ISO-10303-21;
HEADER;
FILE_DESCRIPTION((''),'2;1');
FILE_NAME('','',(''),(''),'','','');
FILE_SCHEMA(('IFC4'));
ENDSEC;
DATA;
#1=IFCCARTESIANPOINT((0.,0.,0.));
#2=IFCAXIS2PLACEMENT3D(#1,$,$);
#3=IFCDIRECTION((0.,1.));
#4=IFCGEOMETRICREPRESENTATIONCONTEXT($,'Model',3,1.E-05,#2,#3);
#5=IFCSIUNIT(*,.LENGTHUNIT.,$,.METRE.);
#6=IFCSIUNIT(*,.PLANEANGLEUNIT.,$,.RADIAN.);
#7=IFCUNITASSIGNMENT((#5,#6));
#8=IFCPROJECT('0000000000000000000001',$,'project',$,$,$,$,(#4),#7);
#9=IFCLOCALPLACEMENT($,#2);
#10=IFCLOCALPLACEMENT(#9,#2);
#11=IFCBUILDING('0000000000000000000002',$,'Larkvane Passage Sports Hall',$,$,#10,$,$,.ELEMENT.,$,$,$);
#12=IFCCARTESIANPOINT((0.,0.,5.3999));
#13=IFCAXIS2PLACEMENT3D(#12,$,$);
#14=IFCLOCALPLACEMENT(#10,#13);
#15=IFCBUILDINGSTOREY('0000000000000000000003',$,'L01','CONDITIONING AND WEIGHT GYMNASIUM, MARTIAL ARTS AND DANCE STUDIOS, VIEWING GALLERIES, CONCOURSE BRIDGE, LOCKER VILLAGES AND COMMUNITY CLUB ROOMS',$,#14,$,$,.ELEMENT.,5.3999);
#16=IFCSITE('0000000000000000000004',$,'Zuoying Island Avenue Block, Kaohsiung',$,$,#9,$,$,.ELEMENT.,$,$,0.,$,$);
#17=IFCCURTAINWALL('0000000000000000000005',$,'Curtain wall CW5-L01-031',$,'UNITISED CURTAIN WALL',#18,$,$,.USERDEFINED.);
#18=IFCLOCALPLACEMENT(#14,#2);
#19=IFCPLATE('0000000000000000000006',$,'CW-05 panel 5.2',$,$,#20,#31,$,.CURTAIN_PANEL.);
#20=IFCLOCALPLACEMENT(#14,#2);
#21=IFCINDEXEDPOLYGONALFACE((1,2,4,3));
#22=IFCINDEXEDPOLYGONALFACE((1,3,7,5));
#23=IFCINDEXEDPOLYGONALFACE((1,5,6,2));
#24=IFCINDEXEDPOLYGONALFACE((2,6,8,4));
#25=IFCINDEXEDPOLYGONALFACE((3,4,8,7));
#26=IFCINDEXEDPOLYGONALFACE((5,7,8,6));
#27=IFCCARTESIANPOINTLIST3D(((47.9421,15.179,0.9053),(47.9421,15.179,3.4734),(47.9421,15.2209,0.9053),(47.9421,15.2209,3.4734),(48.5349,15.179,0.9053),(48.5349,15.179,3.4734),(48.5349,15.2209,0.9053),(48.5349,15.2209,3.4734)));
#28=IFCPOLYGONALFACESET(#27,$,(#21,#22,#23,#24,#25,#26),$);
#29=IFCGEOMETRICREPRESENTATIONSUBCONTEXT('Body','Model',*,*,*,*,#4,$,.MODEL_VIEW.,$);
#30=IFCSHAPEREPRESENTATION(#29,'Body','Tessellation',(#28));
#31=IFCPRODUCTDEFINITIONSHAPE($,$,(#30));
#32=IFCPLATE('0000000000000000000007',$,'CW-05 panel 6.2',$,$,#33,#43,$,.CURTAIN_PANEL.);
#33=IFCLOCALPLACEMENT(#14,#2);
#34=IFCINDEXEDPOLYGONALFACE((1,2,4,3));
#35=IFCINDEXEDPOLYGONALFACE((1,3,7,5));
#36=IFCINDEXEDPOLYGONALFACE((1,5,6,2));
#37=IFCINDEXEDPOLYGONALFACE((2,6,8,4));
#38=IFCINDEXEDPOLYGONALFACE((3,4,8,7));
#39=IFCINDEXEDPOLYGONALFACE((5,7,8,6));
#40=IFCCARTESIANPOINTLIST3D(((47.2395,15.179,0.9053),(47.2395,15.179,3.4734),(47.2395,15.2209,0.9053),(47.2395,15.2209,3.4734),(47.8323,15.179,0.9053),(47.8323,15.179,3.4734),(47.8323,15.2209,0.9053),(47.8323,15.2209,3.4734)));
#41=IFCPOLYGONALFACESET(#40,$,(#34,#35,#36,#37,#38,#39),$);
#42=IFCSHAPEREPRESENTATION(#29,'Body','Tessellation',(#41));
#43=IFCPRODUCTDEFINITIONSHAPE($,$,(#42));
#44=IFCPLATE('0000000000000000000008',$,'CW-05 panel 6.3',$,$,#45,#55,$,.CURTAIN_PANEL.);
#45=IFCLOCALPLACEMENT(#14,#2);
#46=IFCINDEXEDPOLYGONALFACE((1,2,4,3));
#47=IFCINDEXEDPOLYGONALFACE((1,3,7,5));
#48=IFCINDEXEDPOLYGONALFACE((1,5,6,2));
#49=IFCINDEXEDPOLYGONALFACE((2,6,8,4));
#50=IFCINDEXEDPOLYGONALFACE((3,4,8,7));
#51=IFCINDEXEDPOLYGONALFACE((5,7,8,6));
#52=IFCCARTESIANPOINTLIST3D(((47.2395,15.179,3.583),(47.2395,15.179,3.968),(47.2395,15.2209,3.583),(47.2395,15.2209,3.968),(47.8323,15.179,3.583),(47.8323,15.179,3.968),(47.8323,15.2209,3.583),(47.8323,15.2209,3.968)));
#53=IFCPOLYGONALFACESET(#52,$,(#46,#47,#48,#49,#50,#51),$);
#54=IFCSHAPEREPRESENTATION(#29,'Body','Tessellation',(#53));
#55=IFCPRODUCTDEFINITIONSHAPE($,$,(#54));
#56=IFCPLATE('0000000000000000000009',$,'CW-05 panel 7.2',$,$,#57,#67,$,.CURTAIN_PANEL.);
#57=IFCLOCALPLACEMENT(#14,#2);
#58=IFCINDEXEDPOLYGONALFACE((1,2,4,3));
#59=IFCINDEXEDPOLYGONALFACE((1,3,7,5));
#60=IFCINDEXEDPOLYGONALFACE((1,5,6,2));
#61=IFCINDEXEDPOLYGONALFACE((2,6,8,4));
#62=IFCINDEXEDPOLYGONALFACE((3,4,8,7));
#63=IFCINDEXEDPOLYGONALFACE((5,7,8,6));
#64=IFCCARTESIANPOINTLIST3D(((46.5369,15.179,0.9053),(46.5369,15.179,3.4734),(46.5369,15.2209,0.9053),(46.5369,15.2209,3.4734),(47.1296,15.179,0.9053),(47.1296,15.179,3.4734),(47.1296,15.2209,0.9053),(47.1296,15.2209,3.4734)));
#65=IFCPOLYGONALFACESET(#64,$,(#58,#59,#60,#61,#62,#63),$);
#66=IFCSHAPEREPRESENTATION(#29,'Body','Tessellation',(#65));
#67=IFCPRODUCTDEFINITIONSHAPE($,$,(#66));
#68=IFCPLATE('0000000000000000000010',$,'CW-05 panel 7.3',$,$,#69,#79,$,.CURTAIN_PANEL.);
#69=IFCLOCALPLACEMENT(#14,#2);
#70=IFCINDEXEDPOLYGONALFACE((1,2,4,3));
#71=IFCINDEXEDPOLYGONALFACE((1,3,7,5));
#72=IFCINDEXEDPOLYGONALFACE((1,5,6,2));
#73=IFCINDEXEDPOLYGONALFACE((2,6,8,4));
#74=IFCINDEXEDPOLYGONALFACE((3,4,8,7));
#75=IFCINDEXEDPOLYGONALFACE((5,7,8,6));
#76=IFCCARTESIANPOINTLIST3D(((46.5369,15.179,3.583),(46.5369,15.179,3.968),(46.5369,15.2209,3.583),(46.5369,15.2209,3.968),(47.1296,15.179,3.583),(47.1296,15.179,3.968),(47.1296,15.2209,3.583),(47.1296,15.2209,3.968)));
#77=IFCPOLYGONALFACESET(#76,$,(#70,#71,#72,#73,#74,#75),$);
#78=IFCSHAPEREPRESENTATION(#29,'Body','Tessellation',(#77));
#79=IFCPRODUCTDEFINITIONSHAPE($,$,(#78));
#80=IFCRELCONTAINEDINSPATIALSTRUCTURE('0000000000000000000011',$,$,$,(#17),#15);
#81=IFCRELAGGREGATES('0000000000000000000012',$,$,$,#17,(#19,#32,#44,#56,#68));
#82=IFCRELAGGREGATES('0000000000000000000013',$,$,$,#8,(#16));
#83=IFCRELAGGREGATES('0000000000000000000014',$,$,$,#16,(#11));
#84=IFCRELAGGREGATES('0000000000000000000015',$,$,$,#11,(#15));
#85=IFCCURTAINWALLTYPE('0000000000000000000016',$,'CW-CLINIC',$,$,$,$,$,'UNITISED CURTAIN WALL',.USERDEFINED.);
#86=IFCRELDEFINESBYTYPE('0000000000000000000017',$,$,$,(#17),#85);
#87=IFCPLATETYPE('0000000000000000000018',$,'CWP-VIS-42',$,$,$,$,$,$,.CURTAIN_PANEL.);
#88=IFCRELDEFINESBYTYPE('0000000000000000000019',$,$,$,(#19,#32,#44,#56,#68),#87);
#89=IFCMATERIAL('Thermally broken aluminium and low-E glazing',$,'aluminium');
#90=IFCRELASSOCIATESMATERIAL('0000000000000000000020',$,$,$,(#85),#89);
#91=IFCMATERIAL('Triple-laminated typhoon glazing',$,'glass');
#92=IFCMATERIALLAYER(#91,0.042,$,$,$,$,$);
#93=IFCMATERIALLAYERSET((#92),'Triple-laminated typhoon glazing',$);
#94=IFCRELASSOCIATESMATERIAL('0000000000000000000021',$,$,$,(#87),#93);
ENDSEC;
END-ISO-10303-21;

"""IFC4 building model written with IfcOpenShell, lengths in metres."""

from ifc_helpers import new_model, si_unit, direction, frame, origin, origin_2d, place, context, subcontext, project, spatial, rectangle, extrude, material, layer, layer_set, type_object, element, aggregate, save


model = new_model("IFC4")

# Units and contexts
model_context = context("Model", 3, precision=1e-05, world=origin(), true_north=direction((0.0, 1.0)))
body_context = subcontext(model_context, "Body", "Model", "MODEL_VIEW")
ifc_project = project(units=[si_unit("LENGTHUNIT", "METRE"), si_unit("PLANEANGLEUNIT", "RADIAN")], contexts=[model_context])

# Site, building, storey
site_placement = place(None, origin())
site = spatial("IfcSite", under=ifc_project, at=site_placement, Name="Zuoying Island Avenue Block, Kaohsiung", CompositionType="ELEMENT", RefElevation=0.0)
building_placement = place(site_placement, origin())
building = spatial("IfcBuilding", under=site, at=building_placement, Name="Larkvane Passage Sports Hall", CompositionType="ELEMENT")
storey_placement = place(building_placement, frame((0.0, 0.0, 5.3999)))
storey = spatial("IfcBuildingStorey", under=building, at=storey_placement, Name="L01", Description="CONDITIONING AND WEIGHT GYMNASIUM, MARTIAL ARTS AND DANCE STUDIOS, VIEWING GALLERIES, CONCOURSE BRIDGE, LOCKER VILLAGES AND COMMUNITY CLUB ROOMS", CompositionType="ELEMENT", Elevation=5.3999)

# Curtain wall
ifc_material_1 = material(Name="Thermally broken aluminium and low-E glazing", Category="aluminium")
curtain_wall_type = type_object("IfcCurtainWallType", Name="CW-CLINIC", ElementType="UNITISED CURTAIN WALL", PredefinedType="USERDEFINED", material=ifc_material_1)
curtain_wall_placement = place(storey_placement, origin())
curtain_wall = element("IfcCurtainWall", 1, at=curtain_wall_placement, inside=storey, type_object=curtain_wall_type, Name="Curtain wall CW5-L01-031", ObjectType="UNITISED CURTAIN WALL", PredefinedType="USERDEFINED")

# Plates
ifc_material_2 = material(Name="Triple-laminated typhoon glazing", Category="glass")
ifc_layer_1 = layer(ifc_material_2, 0.042)
ifc_layer_set_1 = layer_set([ifc_layer_1], Name="Triple-laminated typhoon glazing")
plate_type_1 = type_object("IfcPlateType", Name="CWP-VIS-42", PredefinedType="CURTAIN_PANEL", material=ifc_layer_set_1)
plate_1_placement = place(storey_placement, frame((48.2385, 15.2, 0.9053), z_axis=(0.0, 0.0, 1.0), x_axis=(-1.0, 0.0, 0.0)))
plate_1 = element("IfcPlate", 2, at=plate_1_placement, type_object=plate_type_1, Name="CW-05 panel 5.2", PredefinedType="CURTAIN_PANEL", context=body_context, shape_type="SweptSolid", body=[
    extrude(rectangle(XDim=0.5928, YDim=0.042, at=origin_2d()), origin(), (0.0, 0.0, 1.0), 2.5681),
])
plate_2_placement = place(storey_placement, frame((47.5359, 15.2, 0.9053), z_axis=(0.0, 0.0, 1.0), x_axis=(-1.0, 0.0, 0.0)))
plate_2 = element("IfcPlate", 3, at=plate_2_placement, type_object=plate_type_1, Name="CW-05 panel 6.2", PredefinedType="CURTAIN_PANEL", context=body_context, shape_type="SweptSolid", body=[
    extrude(rectangle(XDim=0.5928, YDim=0.042, at=origin_2d()), origin(), (0.0, 0.0, 1.0), 2.5681),
])
plate_3_placement = place(storey_placement, frame((47.5359, 15.2, 3.583), z_axis=(0.0, 0.0, 1.0), x_axis=(-1.0, 0.0, 0.0)))
plate_3 = element("IfcPlate", 4, at=plate_3_placement, type_object=plate_type_1, Name="CW-05 panel 6.3", PredefinedType="CURTAIN_PANEL", context=body_context, shape_type="SweptSolid", body=[
    extrude(rectangle(XDim=0.5928, YDim=0.042, at=origin_2d()), origin(), (0.0, 0.0, 1.0), 0.385),
])
plate_4_placement = place(storey_placement, frame((46.8333, 15.2, 0.9053), z_axis=(0.0, 0.0, 1.0), x_axis=(-1.0, 0.0, 0.0)))
plate_4 = element("IfcPlate", 5, at=plate_4_placement, type_object=plate_type_1, Name="CW-05 panel 7.2", PredefinedType="CURTAIN_PANEL", context=body_context, shape_type="SweptSolid", body=[
    extrude(rectangle(XDim=0.5928, YDim=0.042, at=origin_2d()), origin(), (0.0, 0.0, 1.0), 2.5681),
])
plate_5_placement = place(storey_placement, frame((46.8333, 15.2, 3.583), z_axis=(0.0, 0.0, 1.0), x_axis=(-1.0, 0.0, 0.0)))
plate_5 = element("IfcPlate", 6, at=plate_5_placement, type_object=plate_type_1, Name="CW-05 panel 7.3", PredefinedType="CURTAIN_PANEL", context=body_context, shape_type="SweptSolid", body=[
    extrude(rectangle(XDim=0.5928, YDim=0.042, at=origin_2d()), origin(), (0.0, 0.0, 1.0), 0.385),
])
aggregate(curtain_wall, [plate_1, plate_2, plate_3, plate_4, plate_5])

save(model, "model.ifc")
